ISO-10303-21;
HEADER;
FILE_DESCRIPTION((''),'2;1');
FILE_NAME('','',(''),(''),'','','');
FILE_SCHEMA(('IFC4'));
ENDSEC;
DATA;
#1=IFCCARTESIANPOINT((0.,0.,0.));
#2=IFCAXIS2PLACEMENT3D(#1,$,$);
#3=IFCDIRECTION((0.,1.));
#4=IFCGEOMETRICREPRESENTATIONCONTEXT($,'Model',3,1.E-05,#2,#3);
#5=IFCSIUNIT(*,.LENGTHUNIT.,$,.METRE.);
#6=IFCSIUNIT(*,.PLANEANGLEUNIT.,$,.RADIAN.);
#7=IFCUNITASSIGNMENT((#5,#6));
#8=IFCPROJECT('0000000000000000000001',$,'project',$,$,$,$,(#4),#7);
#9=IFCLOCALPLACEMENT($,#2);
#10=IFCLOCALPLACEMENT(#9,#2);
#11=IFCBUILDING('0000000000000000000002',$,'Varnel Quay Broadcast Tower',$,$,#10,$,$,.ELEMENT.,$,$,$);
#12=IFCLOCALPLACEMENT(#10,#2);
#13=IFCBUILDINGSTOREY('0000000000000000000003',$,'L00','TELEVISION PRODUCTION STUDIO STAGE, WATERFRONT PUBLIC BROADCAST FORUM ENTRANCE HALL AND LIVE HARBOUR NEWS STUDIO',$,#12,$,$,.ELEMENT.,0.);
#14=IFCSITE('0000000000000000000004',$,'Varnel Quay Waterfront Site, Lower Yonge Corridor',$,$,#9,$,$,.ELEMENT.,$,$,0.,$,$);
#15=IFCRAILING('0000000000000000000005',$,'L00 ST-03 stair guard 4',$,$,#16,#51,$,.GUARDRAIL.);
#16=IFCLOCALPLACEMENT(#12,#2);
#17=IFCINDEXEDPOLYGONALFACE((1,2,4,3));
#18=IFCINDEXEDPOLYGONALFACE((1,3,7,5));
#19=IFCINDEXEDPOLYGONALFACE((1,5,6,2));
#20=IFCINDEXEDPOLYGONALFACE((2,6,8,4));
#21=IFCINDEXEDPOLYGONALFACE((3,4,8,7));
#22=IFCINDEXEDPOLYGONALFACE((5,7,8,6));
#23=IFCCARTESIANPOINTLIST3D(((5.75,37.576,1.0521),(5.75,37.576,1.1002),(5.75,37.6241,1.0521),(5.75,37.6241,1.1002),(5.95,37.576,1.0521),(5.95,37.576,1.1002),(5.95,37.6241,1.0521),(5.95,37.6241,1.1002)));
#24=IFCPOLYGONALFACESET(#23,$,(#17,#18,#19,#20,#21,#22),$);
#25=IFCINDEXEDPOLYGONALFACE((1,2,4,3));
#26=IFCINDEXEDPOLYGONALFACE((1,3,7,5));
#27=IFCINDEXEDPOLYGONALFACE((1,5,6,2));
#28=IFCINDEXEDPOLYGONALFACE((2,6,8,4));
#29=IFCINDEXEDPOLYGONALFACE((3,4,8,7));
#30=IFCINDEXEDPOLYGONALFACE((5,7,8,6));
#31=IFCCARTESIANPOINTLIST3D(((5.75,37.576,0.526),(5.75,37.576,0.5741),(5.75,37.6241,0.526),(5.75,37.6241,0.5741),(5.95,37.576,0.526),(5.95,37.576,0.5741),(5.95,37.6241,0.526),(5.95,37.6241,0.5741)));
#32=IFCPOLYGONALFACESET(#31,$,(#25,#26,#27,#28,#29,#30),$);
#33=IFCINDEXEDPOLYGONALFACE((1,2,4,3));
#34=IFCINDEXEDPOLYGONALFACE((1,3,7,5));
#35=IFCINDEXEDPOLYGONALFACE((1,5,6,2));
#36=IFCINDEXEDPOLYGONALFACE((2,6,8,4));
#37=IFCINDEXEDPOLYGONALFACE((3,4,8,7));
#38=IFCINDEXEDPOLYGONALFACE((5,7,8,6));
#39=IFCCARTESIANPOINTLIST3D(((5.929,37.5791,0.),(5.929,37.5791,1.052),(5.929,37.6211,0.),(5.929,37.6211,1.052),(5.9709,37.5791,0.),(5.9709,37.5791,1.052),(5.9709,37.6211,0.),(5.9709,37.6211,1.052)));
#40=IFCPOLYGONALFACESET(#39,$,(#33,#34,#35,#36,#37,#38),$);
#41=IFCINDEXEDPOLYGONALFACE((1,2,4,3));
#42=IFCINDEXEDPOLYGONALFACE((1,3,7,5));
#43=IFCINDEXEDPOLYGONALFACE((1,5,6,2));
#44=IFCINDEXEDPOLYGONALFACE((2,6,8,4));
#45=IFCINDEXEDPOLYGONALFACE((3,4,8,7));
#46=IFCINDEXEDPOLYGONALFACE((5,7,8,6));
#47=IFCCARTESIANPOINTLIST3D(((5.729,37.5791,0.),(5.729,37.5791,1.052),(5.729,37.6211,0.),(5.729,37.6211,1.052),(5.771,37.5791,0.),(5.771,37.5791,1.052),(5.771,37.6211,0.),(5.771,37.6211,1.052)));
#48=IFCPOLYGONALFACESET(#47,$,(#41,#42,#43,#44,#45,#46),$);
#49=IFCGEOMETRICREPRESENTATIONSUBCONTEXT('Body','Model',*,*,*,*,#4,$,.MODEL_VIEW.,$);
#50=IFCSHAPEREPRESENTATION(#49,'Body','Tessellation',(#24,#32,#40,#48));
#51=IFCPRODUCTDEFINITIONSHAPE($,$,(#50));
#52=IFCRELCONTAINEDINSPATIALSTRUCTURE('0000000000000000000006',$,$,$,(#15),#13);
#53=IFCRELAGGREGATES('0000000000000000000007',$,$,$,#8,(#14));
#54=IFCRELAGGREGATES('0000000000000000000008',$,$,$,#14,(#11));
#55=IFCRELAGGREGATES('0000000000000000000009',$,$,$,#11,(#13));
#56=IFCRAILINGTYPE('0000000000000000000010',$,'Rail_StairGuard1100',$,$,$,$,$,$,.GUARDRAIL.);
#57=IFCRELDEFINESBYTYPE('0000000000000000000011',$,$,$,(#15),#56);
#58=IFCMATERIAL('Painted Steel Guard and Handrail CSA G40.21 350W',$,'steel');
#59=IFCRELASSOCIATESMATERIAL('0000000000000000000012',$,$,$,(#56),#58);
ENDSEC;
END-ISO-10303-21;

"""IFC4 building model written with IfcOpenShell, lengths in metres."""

from ifc_helpers import new_model, si_unit, direction, frame, origin, origin_2d, place, context, subcontext, project, spatial, rectangle, extrude, material, type_object, element, save


model = new_model("IFC4")

# Units and contexts
model_context = context("Model", 3, precision=1e-05, world=origin(), true_north=direction((0.0, 1.0)))
body_context = subcontext(model_context, "Body", "Model", "MODEL_VIEW")
ifc_project = project(units=[si_unit("LENGTHUNIT", "METRE"), si_unit("PLANEANGLEUNIT", "RADIAN")], contexts=[model_context])

# Site, building, storey
site_placement = place(None, origin())
site = spatial("IfcSite", under=ifc_project, at=site_placement, Name="Varnel Quay Waterfront Site, Lower Yonge Corridor", CompositionType="ELEMENT", RefElevation=0.0)
building_placement = place(site_placement, origin())
building = spatial("IfcBuilding", under=site, at=building_placement, Name="Varnel Quay Broadcast Tower", CompositionType="ELEMENT")
storey_placement = place(building_placement, origin())
storey = spatial("IfcBuildingStorey", under=building, at=storey_placement, Name="L00", Description="TELEVISION PRODUCTION STUDIO STAGE, WATERFRONT PUBLIC BROADCAST FORUM ENTRANCE HALL AND LIVE HARBOUR NEWS STUDIO", CompositionType="ELEMENT", Elevation=0.0)

# Railing
ifc_material_1 = material(Name="Painted Steel Guard and Handrail CSA G40.21 350W", Category="steel")
railing_type = type_object("IfcRailingType", Name="Rail_StairGuard1100", PredefinedType="GUARDRAIL", material=ifc_material_1)
railing_1_placement = place(storey_placement, frame((5.95, 37.6001, 0.0)))
element("IfcRailing", 1, at=railing_1_placement, inside=storey, type_object=railing_type, Name="L00 ST-03 stair guard 4", PredefinedType="GUARDRAIL", context=body_context, shape_type="SweptSolid", body=[
    extrude(rectangle(XDim=0.0481, YDim=0.0481, at=origin_2d()), frame((0.0, 0.0, 1.0762), z_axis=(-1.0, 0.0, 0.0), x_axis=(0.0, -1.0, 0.0)), (0.0, 0.0, 1.0), 0.2),
    extrude(rectangle(XDim=0.0481, YDim=0.0481, at=origin_2d()), frame((0.0, 0.0, 0.55), z_axis=(-1.0, 0.0, 0.0), x_axis=(0.0, -1.0, 0.0)), (0.0, 0.0, 1.0), 0.2),
    extrude(rectangle(XDim=0.042, YDim=0.042, at=origin_2d()), origin(), (0.0, 0.0, 1.0), 1.052),
    extrude(rectangle(XDim=0.042, YDim=0.042, at=origin_2d()), frame((-0.2, 0.0, 0.0)), (0.0, 0.0, 1.0), 1.052),
])

save(model, "model.ifc")
